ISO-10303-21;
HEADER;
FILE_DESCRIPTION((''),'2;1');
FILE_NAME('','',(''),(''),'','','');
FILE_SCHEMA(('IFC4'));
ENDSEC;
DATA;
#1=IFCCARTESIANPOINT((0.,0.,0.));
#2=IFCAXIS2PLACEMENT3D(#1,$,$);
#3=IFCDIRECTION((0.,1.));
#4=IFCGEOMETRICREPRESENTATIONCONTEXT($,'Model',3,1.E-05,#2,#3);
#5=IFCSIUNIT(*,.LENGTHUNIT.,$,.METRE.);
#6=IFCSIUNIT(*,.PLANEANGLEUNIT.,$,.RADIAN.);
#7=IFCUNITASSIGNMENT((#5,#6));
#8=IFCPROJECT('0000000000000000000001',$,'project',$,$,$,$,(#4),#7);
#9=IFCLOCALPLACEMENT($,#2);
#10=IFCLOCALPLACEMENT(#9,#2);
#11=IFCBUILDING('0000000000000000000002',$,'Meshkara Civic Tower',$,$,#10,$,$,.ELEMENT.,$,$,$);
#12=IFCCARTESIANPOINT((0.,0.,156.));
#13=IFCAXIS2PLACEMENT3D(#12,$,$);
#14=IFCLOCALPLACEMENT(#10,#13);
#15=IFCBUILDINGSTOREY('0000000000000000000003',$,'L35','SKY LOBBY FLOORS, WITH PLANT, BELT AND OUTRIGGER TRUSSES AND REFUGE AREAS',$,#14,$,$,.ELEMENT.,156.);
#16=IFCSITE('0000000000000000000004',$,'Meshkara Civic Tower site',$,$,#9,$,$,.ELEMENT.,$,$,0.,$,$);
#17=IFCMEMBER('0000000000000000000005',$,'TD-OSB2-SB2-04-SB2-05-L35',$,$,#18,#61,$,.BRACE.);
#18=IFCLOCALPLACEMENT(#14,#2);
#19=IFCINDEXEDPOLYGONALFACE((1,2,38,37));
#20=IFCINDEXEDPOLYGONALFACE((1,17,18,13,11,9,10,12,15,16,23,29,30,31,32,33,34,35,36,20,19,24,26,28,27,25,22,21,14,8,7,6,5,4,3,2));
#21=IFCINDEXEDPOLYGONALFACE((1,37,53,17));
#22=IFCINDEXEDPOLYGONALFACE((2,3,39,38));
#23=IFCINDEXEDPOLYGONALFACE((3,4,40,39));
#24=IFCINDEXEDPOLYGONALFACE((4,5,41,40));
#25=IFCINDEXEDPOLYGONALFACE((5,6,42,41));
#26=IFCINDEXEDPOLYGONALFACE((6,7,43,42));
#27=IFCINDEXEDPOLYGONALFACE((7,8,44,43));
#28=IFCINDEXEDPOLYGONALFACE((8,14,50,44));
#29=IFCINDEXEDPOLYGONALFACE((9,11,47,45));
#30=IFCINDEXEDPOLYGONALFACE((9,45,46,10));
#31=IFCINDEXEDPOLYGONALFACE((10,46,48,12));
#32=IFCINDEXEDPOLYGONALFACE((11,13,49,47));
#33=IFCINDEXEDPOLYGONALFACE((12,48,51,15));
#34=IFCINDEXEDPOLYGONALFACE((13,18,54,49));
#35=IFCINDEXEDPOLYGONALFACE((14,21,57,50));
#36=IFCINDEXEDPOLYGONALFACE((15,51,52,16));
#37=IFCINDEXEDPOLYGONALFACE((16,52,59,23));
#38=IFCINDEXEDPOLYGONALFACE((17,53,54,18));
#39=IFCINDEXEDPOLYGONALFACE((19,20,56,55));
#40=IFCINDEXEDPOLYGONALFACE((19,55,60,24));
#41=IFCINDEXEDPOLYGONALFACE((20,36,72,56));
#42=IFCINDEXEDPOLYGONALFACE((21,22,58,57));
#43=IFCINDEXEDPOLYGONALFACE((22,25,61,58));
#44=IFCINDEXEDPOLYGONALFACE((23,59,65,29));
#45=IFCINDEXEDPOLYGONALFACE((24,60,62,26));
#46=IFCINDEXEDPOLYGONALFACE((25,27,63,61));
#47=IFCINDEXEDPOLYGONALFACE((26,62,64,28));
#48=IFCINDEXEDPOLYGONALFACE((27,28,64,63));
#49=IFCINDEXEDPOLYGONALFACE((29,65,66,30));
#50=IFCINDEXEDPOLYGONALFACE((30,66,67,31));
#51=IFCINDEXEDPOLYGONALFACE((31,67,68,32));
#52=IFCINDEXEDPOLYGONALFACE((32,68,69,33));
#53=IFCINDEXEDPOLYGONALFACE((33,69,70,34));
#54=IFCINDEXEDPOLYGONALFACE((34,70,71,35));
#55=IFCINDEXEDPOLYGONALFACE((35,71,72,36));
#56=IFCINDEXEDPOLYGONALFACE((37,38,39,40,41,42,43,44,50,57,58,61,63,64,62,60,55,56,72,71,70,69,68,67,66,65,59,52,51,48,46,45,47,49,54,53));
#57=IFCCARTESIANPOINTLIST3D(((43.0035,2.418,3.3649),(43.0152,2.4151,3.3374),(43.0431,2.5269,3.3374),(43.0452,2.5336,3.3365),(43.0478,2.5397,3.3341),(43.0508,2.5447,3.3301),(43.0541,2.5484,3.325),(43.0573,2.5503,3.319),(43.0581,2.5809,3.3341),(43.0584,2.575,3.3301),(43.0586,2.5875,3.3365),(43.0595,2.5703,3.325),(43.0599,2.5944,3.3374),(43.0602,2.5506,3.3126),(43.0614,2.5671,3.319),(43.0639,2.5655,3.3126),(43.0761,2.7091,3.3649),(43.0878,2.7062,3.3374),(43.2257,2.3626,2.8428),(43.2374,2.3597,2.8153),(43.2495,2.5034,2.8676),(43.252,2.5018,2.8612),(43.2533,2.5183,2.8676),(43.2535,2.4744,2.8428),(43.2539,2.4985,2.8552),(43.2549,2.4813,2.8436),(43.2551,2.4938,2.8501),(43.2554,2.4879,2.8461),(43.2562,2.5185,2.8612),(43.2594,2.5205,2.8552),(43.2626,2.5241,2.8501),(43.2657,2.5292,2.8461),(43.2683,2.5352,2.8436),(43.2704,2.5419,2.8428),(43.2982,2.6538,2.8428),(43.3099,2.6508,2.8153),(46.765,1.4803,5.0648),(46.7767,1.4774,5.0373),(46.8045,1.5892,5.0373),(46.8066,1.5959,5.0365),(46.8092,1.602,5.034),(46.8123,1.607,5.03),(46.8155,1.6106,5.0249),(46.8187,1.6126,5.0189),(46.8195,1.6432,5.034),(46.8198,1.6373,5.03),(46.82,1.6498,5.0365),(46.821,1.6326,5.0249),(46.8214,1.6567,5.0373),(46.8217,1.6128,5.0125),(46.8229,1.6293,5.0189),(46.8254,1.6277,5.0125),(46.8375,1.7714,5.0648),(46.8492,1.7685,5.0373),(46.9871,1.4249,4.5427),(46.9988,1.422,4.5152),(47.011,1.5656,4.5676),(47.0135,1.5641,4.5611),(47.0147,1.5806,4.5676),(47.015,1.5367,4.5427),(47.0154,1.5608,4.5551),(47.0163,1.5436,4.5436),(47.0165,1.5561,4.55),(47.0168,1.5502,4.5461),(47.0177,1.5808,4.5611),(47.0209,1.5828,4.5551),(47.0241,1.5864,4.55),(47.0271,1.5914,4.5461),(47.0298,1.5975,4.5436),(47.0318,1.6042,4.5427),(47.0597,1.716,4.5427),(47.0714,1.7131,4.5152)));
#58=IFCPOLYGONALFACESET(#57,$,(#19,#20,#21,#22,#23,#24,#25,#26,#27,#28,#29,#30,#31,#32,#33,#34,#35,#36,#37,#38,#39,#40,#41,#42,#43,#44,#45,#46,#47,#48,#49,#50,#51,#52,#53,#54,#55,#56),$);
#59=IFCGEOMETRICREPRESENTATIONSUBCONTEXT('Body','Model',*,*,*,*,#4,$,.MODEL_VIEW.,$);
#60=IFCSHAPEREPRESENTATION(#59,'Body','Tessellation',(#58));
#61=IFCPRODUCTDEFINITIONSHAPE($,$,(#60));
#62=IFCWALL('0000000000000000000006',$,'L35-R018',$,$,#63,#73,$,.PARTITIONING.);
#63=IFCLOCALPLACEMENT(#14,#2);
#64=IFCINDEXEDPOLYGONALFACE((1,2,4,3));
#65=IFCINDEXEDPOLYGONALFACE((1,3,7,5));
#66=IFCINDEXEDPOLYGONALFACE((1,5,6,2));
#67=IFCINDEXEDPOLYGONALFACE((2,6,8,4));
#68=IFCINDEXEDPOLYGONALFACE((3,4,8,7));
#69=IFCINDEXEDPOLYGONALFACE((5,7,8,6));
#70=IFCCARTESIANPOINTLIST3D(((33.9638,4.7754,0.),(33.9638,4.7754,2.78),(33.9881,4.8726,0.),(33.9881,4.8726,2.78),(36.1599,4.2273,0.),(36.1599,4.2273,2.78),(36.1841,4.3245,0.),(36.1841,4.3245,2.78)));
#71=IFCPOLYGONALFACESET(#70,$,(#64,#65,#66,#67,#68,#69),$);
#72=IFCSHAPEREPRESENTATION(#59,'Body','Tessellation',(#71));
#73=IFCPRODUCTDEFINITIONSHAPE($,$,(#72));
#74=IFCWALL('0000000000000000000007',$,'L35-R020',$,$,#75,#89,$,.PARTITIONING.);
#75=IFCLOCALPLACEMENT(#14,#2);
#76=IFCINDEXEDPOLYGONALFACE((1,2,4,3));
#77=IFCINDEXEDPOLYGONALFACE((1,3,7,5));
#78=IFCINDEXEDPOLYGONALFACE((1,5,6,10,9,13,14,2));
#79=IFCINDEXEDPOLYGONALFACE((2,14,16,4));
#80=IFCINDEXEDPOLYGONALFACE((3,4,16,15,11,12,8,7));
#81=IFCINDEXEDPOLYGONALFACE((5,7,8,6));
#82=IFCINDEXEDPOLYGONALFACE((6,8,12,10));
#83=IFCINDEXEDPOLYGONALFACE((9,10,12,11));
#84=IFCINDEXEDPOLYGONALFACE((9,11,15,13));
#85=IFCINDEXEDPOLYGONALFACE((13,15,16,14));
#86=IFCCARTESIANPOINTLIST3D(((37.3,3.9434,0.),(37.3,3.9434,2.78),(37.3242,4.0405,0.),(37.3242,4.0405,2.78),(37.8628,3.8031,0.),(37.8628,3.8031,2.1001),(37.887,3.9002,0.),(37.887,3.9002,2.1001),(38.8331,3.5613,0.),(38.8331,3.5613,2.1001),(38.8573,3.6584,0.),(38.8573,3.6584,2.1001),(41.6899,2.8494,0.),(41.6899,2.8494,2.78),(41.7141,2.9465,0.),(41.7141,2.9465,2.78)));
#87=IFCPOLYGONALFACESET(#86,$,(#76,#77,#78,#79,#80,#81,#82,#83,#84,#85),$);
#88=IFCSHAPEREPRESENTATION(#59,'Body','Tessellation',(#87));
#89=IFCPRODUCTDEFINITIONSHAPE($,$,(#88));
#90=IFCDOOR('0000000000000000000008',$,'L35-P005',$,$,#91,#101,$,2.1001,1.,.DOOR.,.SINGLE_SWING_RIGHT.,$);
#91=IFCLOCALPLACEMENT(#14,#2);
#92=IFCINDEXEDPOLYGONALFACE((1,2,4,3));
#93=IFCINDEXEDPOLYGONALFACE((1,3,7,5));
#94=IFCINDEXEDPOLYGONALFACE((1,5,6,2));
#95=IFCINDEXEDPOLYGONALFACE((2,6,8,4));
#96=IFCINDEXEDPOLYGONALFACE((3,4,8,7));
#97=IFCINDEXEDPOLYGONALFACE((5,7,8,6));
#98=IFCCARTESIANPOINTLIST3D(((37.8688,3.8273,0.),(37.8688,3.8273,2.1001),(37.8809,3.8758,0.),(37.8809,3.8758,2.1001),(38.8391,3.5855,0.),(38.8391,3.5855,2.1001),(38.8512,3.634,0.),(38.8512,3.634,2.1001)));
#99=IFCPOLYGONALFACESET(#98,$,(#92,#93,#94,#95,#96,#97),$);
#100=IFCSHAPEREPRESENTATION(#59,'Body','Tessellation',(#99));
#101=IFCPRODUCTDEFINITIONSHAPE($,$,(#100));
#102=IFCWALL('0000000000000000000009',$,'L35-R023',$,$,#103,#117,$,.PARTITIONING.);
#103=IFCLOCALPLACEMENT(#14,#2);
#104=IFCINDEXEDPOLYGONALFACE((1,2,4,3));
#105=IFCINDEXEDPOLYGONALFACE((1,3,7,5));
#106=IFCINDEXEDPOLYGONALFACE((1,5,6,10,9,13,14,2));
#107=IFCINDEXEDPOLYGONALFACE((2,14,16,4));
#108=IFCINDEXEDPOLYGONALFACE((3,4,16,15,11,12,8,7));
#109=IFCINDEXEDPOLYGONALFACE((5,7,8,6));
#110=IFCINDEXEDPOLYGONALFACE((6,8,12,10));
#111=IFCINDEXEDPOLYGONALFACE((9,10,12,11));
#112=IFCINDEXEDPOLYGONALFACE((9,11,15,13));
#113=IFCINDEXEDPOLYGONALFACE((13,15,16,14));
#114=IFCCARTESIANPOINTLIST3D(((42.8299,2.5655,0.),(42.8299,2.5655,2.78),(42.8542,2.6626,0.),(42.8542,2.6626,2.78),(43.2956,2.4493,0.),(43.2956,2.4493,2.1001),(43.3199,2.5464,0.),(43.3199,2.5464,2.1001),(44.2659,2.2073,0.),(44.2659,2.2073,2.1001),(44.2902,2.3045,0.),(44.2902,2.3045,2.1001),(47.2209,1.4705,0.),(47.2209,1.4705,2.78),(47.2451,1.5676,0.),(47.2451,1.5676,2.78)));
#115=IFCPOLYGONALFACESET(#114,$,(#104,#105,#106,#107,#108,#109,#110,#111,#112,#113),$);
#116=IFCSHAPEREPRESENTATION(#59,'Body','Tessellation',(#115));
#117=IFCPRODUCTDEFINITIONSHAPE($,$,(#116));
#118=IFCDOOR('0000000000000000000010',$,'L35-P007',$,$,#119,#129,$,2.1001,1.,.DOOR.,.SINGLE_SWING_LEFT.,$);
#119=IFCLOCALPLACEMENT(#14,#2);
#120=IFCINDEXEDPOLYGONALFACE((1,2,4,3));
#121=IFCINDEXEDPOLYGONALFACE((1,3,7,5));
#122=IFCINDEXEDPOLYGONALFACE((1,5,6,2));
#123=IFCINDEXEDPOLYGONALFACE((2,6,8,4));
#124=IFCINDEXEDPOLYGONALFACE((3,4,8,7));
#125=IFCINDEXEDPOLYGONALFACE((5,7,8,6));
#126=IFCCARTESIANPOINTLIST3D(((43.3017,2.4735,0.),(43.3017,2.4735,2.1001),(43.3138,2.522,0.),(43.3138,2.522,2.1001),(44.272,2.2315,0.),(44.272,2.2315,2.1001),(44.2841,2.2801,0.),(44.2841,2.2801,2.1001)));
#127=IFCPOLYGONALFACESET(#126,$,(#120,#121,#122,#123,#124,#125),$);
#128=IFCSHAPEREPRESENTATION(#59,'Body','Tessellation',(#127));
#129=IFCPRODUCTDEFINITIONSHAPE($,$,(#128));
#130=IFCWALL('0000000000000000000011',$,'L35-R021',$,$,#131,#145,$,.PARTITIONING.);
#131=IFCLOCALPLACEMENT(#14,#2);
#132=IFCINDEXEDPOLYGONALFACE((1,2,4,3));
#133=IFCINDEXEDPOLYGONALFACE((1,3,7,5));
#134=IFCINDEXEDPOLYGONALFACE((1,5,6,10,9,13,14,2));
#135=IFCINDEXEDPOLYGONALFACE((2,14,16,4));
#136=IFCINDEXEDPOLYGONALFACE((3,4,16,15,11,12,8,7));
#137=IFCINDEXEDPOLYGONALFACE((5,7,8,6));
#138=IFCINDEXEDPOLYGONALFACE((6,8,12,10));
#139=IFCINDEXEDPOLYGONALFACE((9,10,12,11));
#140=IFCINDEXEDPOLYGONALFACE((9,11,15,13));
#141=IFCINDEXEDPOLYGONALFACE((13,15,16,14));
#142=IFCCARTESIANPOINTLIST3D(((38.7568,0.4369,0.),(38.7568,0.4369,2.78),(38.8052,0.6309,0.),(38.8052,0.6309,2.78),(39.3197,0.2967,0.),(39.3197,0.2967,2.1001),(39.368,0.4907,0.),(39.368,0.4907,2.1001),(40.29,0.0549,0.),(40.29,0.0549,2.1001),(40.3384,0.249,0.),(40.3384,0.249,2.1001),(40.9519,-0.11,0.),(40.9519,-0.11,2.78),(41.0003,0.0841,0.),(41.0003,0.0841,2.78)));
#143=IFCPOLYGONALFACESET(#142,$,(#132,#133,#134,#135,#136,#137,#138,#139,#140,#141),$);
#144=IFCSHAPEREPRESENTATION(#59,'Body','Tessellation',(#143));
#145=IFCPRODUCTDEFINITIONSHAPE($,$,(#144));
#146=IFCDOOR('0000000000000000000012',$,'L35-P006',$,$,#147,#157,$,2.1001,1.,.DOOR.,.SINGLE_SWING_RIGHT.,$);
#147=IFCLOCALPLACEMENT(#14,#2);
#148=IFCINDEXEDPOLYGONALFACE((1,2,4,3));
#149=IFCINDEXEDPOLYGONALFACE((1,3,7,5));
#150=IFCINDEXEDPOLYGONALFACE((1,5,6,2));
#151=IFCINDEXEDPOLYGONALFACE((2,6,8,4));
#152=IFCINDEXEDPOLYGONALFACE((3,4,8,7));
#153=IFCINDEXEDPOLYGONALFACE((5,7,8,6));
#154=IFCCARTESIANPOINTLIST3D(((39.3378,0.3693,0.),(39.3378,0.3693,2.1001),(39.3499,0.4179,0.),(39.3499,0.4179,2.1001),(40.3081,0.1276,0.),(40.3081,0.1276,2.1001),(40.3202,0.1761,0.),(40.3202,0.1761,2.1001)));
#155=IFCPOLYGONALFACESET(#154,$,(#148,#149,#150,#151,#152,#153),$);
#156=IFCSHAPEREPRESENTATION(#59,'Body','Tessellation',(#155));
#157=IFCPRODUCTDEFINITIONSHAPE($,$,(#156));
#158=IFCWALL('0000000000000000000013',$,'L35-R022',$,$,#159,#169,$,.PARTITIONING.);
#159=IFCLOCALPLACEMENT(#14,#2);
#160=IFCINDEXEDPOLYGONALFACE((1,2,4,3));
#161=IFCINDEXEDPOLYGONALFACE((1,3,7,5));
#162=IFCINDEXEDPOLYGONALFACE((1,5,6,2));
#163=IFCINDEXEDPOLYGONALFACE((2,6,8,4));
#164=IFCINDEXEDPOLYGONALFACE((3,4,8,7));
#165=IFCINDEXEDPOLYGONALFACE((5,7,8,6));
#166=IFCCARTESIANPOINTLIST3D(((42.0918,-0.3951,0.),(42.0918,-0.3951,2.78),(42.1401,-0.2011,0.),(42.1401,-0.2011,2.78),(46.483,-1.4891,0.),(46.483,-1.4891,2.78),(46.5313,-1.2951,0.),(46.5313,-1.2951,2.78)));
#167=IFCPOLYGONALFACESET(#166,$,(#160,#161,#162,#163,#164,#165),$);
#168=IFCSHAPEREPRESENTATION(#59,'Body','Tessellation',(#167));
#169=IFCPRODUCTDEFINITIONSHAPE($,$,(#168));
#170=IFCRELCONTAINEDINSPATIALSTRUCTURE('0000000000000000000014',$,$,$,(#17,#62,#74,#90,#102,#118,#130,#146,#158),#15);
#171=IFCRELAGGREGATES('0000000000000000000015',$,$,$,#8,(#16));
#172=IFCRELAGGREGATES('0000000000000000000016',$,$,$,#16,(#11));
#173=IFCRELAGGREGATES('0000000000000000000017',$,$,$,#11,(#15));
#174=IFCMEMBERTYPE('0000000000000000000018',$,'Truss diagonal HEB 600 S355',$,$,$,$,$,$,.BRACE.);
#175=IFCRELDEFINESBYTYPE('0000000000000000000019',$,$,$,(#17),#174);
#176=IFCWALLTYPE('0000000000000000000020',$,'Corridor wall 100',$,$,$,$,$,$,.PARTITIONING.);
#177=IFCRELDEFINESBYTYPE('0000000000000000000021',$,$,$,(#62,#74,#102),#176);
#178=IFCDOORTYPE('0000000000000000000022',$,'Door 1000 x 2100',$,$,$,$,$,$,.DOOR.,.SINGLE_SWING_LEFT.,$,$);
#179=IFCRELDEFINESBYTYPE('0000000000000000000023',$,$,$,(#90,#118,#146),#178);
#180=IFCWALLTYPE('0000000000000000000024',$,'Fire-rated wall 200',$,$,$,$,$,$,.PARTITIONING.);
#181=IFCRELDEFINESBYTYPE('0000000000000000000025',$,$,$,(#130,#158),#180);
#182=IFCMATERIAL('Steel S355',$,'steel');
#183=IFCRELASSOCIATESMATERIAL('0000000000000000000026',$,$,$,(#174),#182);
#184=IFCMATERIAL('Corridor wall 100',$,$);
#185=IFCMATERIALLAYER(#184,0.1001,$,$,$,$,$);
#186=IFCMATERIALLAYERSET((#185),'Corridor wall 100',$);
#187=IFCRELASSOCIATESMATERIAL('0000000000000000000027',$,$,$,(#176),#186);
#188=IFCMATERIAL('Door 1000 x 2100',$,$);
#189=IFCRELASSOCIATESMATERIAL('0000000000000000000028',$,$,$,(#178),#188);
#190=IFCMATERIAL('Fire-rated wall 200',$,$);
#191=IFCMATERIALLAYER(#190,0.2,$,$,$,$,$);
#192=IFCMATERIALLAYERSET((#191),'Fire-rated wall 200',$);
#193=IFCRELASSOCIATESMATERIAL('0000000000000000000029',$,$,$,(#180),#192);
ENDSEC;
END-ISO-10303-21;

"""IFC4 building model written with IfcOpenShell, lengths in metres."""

from ifc_helpers import new_model, si_unit, direction, frame, frame_2d, origin, origin_2d, place, context, subcontext, project, spatial, rectangle, i_section, extrude, material, layer, layer_set, material_profile, profile_set, type_object, element, fill, save


model = new_model("IFC4")

# Units and contexts
model_context = context("Model", 3, precision=1e-05, world=origin(), true_north=direction((0.0, 1.0)))
body_context = subcontext(model_context, "Body", "Model", "MODEL_VIEW")
ifc_project = project(units=[si_unit("LENGTHUNIT", "METRE"), si_unit("PLANEANGLEUNIT", "RADIAN")], contexts=[model_context])

# Site, building, storey
site_placement = place(None, origin())
site = spatial("IfcSite", under=ifc_project, at=site_placement, Name="Meshkara Civic Tower site", CompositionType="ELEMENT", RefElevation=0.0)
building_placement = place(site_placement, origin())
building = spatial("IfcBuilding", under=site, at=building_placement, Name="Meshkara Civic Tower", CompositionType="ELEMENT")
storey_placement = place(building_placement, frame((0.0, 0.0, 156.0)))
storey = spatial("IfcBuildingStorey", under=building, at=storey_placement, Name="L35", Description="SKY LOBBY FLOORS, WITH PLANT, BELT AND OUTRIGGER TRUSSES AND REFUGE AREAS", CompositionType="ELEMENT", Elevation=156.0)

# Member
ifc_material_1 = material(Name="Steel S355", Category="steel")
ifc_material_profile_1 = material_profile(ifc_material_1, i_section(OverallWidth=0.3, OverallDepth=0.6001, WebThickness=0.0154, FlangeThickness=0.03, FilletRadius=0.0271, at=origin_2d()))
ifc_profile_set_1 = profile_set([ifc_material_profile_1], Name="Steel S355")
member_type = type_object("IfcMemberType", Name="Truss diagonal HEB 600 S355", PredefinedType="BRACE", material=ifc_profile_set_1)
member_1_placement = place(storey_placement, frame((43.1567, 2.5344, 3.0901), z_axis=(0.888617, -0.221534, 0.401599), x_axis=(0.241898, 0.970302, 0.0)))
element("IfcMember", 1, at=member_1_placement, inside=storey, type_object=member_type, Name="TD-OSB2-SB2-04-SB2-05-L35", PredefinedType="BRACE", context=body_context, shape_type="SweptSolid", body=[
    extrude(i_section(OverallWidth=0.3, OverallDepth=0.6001, WebThickness=0.0154, FlangeThickness=0.03, FilletRadius=0.0271, at=origin_2d()), origin(), (0.0, 0.0, 1.0), 4.2329),
])

# Wall
ifc_material_2 = material(Name="Corridor wall 100")
ifc_layer_1 = layer(ifc_material_2, 0.1001)
ifc_layer_set_1 = layer_set([ifc_layer_1], Name="Corridor wall 100")
wall_type_1 = type_object("IfcWallType", Name="Corridor wall 100", PredefinedType="PARTITIONING", material=ifc_layer_set_1)
wall_1_placement = place(storey_placement, frame((36.1721, 4.2759, 0.0), z_axis=(0.0, 0.0, 1.0), x_axis=(-0.970238, 0.242155, 0.0)))
element("IfcWall", 2, at=wall_1_placement, inside=storey, type_object=wall_type_1, Name="L35-R018", PredefinedType="PARTITIONING", context=body_context, shape_type="SweptSolid", body=[
    extrude(rectangle(XDim=2.2634, YDim=0.1001, at=frame_2d((1.1318, 0.0))), origin(), (0.0, 0.0, 1.0), 2.78),
])

# Walls, openings, doors
wall_2_placement = place(storey_placement, frame((37.312, 3.9919, 0.0), z_axis=(0.0, 0.0, 1.0), x_axis=(0.970323, -0.241812, 0.0)))
wall_2 = element("IfcWall", 3, at=wall_2_placement, inside=storey, type_object=wall_type_1, Name="L35-R020", PredefinedType="PARTITIONING", context=body_context, shape_type="SweptSolid", body=[
    extrude(rectangle(XDim=4.5242, YDim=0.1001, at=frame_2d((2.2622, 0.0))), origin(), (0.0, 0.0, 1.0), 2.78),
])
opening_1_placement = place(wall_2_placement, frame((0.5801, 0.0, 0.0)))
opening_1 = element("IfcOpeningElement", 4, at=opening_1_placement, cuts=wall_2, PredefinedType="OPENING", context=body_context, shape_type="SweptSolid", body=[
    extrude(rectangle(XDim=1.0, YDim=2.1001, at=frame_2d((0.5, 1.05))), frame((0.0, 0.0601, 0.0), z_axis=(0.0, -1.0, 0.0), x_axis=(1.0, 0.0, 0.0)), (0.0, 0.0, 1.0), 0.1201),
])
ifc_material_3 = material(Name="Door 1000 x 2100")
door_type = type_object("IfcDoorType", Name="Door 1000 x 2100", OperationType="SINGLE_SWING_LEFT", PredefinedType="DOOR", material=ifc_material_3)
door_1_placement = place(opening_1_placement, origin())
door_1 = element("IfcDoor", 5, at=door_1_placement, inside=storey, type_object=door_type, Name="L35-P005", OperationType="SINGLE_SWING_RIGHT", OverallHeight=2.1001, OverallWidth=1.0, PredefinedType="DOOR", context=body_context, shape_type="SweptSolid", body=[
    extrude(rectangle(XDim=1.0, YDim=2.1001, at=frame_2d((0.5, 1.05))), frame((0.0, 0.0249, 0.0), z_axis=(0.0, -1.0, 0.0), x_axis=(1.0, 0.0, 0.0)), (0.0, 0.0, 1.0), 0.05),
])
fill(opening_1, door_1)
wall_3_placement = place(storey_placement, frame((42.842, 2.614, 0.0), z_axis=(0.0, 0.0, 1.0), x_axis=(0.970285, -0.241964, 0.0)))
wall_3 = element("IfcWall", 6, at=wall_3_placement, inside=storey, type_object=wall_type_1, Name="L35-R023", PredefinedType="PARTITIONING", context=body_context, shape_type="SweptSolid", body=[
    extrude(rectangle(XDim=4.5254, YDim=0.1001, at=frame_2d((2.2627, 0.0))), origin(), (0.0, 0.0, 1.0), 2.78),
])
opening_2_placement = place(wall_3_placement, frame((0.48, 0.0, 0.0)))
opening_2 = element("IfcOpeningElement", 7, at=opening_2_placement, cuts=wall_3, PredefinedType="OPENING", context=body_context, shape_type="SweptSolid", body=[
    extrude(rectangle(XDim=1.0, YDim=2.1001, at=frame_2d((0.5, 1.05))), frame((0.0, 0.0601, 0.0), z_axis=(0.0, -1.0, 0.0), x_axis=(1.0, 0.0, 0.0)), (0.0, 0.0, 1.0), 0.1201),
])
door_2_placement = place(opening_2_placement, origin())
door_2 = element("IfcDoor", 8, at=door_2_placement, inside=storey, type_object=door_type, Name="L35-P007", OperationType="SINGLE_SWING_LEFT", OverallHeight=2.1001, OverallWidth=1.0, PredefinedType="DOOR", context=body_context, shape_type="SweptSolid", body=[
    extrude(rectangle(XDim=1.0, YDim=2.1001, at=frame_2d((0.5, 1.05))), frame((0.0, 0.0249, 0.0), z_axis=(0.0, -1.0, 0.0), x_axis=(1.0, 0.0, 0.0)), (0.0, 0.0, 1.0), 0.05),
])
fill(opening_2, door_2)
ifc_material_4 = material(Name="Fire-rated wall 200")
ifc_layer_2 = layer(ifc_material_4, 0.2)
ifc_layer_set_2 = layer_set([ifc_layer_2], Name="Fire-rated wall 200")
wall_type_2 = type_object("IfcWallType", Name="Fire-rated wall 200", PredefinedType="PARTITIONING", material=ifc_layer_set_2)
wall_4_placement = place(storey_placement, frame((38.781, 0.5339, 0.0), z_axis=(0.0, 0.0, 1.0), x_axis=(0.970339, -0.241748, 0.0)))
wall_4 = element("IfcWall", 9, at=wall_4_placement, inside=storey, type_object=wall_type_2, Name="L35-R021", PredefinedType="PARTITIONING", context=body_context, shape_type="SweptSolid", body=[
    extrude(rectangle(XDim=2.2622, YDim=0.2, at=frame_2d((1.1311, 0.0))), origin(), (0.0, 0.0, 1.0), 2.78),
])
opening_3_placement = place(wall_4_placement, frame((0.5801, 0.0, 0.0)))
opening_3 = element("IfcOpeningElement", 10, at=opening_3_placement, cuts=wall_4, PredefinedType="OPENING", context=body_context, shape_type="SweptSolid", body=[
    extrude(rectangle(XDim=1.0, YDim=2.1001, at=frame_2d((0.5, 1.05))), frame((0.0, 0.1099, 0.0), z_axis=(0.0, -1.0, 0.0), x_axis=(1.0, 0.0, 0.0)), (0.0, 0.0, 1.0), 0.22),
])
door_3_placement = place(opening_3_placement, origin())
door_3 = element("IfcDoor", 11, at=door_3_placement, inside=storey, type_object=door_type, Name="L35-P006", OperationType="SINGLE_SWING_RIGHT", OverallHeight=2.1001, OverallWidth=1.0, PredefinedType="DOOR", context=body_context, shape_type="SweptSolid", body=[
    extrude(rectangle(XDim=1.0, YDim=2.1001, at=frame_2d((0.5, 1.05))), frame((0.0, 0.0249, 0.0), z_axis=(0.0, -1.0, 0.0), x_axis=(1.0, 0.0, 0.0)), (0.0, 0.0, 1.0), 0.05),
])
fill(opening_3, door_3)

# Wall
wall_5_placement = place(storey_placement, frame((42.116, -0.2981, 0.0), z_axis=(0.0, 0.0, 1.0), x_axis=(0.970339, -0.241749, 0.0)))
element("IfcWall", 12, at=wall_5_placement, inside=storey, type_object=wall_type_2, Name="L35-R022", PredefinedType="PARTITIONING", context=body_context, shape_type="SweptSolid", body=[
    extrude(rectangle(XDim=4.5254, YDim=0.2, at=frame_2d((2.2627, 0.0))), origin(), (0.0, 0.0, 1.0), 2.78),
])

save(model, "model.ifc")
